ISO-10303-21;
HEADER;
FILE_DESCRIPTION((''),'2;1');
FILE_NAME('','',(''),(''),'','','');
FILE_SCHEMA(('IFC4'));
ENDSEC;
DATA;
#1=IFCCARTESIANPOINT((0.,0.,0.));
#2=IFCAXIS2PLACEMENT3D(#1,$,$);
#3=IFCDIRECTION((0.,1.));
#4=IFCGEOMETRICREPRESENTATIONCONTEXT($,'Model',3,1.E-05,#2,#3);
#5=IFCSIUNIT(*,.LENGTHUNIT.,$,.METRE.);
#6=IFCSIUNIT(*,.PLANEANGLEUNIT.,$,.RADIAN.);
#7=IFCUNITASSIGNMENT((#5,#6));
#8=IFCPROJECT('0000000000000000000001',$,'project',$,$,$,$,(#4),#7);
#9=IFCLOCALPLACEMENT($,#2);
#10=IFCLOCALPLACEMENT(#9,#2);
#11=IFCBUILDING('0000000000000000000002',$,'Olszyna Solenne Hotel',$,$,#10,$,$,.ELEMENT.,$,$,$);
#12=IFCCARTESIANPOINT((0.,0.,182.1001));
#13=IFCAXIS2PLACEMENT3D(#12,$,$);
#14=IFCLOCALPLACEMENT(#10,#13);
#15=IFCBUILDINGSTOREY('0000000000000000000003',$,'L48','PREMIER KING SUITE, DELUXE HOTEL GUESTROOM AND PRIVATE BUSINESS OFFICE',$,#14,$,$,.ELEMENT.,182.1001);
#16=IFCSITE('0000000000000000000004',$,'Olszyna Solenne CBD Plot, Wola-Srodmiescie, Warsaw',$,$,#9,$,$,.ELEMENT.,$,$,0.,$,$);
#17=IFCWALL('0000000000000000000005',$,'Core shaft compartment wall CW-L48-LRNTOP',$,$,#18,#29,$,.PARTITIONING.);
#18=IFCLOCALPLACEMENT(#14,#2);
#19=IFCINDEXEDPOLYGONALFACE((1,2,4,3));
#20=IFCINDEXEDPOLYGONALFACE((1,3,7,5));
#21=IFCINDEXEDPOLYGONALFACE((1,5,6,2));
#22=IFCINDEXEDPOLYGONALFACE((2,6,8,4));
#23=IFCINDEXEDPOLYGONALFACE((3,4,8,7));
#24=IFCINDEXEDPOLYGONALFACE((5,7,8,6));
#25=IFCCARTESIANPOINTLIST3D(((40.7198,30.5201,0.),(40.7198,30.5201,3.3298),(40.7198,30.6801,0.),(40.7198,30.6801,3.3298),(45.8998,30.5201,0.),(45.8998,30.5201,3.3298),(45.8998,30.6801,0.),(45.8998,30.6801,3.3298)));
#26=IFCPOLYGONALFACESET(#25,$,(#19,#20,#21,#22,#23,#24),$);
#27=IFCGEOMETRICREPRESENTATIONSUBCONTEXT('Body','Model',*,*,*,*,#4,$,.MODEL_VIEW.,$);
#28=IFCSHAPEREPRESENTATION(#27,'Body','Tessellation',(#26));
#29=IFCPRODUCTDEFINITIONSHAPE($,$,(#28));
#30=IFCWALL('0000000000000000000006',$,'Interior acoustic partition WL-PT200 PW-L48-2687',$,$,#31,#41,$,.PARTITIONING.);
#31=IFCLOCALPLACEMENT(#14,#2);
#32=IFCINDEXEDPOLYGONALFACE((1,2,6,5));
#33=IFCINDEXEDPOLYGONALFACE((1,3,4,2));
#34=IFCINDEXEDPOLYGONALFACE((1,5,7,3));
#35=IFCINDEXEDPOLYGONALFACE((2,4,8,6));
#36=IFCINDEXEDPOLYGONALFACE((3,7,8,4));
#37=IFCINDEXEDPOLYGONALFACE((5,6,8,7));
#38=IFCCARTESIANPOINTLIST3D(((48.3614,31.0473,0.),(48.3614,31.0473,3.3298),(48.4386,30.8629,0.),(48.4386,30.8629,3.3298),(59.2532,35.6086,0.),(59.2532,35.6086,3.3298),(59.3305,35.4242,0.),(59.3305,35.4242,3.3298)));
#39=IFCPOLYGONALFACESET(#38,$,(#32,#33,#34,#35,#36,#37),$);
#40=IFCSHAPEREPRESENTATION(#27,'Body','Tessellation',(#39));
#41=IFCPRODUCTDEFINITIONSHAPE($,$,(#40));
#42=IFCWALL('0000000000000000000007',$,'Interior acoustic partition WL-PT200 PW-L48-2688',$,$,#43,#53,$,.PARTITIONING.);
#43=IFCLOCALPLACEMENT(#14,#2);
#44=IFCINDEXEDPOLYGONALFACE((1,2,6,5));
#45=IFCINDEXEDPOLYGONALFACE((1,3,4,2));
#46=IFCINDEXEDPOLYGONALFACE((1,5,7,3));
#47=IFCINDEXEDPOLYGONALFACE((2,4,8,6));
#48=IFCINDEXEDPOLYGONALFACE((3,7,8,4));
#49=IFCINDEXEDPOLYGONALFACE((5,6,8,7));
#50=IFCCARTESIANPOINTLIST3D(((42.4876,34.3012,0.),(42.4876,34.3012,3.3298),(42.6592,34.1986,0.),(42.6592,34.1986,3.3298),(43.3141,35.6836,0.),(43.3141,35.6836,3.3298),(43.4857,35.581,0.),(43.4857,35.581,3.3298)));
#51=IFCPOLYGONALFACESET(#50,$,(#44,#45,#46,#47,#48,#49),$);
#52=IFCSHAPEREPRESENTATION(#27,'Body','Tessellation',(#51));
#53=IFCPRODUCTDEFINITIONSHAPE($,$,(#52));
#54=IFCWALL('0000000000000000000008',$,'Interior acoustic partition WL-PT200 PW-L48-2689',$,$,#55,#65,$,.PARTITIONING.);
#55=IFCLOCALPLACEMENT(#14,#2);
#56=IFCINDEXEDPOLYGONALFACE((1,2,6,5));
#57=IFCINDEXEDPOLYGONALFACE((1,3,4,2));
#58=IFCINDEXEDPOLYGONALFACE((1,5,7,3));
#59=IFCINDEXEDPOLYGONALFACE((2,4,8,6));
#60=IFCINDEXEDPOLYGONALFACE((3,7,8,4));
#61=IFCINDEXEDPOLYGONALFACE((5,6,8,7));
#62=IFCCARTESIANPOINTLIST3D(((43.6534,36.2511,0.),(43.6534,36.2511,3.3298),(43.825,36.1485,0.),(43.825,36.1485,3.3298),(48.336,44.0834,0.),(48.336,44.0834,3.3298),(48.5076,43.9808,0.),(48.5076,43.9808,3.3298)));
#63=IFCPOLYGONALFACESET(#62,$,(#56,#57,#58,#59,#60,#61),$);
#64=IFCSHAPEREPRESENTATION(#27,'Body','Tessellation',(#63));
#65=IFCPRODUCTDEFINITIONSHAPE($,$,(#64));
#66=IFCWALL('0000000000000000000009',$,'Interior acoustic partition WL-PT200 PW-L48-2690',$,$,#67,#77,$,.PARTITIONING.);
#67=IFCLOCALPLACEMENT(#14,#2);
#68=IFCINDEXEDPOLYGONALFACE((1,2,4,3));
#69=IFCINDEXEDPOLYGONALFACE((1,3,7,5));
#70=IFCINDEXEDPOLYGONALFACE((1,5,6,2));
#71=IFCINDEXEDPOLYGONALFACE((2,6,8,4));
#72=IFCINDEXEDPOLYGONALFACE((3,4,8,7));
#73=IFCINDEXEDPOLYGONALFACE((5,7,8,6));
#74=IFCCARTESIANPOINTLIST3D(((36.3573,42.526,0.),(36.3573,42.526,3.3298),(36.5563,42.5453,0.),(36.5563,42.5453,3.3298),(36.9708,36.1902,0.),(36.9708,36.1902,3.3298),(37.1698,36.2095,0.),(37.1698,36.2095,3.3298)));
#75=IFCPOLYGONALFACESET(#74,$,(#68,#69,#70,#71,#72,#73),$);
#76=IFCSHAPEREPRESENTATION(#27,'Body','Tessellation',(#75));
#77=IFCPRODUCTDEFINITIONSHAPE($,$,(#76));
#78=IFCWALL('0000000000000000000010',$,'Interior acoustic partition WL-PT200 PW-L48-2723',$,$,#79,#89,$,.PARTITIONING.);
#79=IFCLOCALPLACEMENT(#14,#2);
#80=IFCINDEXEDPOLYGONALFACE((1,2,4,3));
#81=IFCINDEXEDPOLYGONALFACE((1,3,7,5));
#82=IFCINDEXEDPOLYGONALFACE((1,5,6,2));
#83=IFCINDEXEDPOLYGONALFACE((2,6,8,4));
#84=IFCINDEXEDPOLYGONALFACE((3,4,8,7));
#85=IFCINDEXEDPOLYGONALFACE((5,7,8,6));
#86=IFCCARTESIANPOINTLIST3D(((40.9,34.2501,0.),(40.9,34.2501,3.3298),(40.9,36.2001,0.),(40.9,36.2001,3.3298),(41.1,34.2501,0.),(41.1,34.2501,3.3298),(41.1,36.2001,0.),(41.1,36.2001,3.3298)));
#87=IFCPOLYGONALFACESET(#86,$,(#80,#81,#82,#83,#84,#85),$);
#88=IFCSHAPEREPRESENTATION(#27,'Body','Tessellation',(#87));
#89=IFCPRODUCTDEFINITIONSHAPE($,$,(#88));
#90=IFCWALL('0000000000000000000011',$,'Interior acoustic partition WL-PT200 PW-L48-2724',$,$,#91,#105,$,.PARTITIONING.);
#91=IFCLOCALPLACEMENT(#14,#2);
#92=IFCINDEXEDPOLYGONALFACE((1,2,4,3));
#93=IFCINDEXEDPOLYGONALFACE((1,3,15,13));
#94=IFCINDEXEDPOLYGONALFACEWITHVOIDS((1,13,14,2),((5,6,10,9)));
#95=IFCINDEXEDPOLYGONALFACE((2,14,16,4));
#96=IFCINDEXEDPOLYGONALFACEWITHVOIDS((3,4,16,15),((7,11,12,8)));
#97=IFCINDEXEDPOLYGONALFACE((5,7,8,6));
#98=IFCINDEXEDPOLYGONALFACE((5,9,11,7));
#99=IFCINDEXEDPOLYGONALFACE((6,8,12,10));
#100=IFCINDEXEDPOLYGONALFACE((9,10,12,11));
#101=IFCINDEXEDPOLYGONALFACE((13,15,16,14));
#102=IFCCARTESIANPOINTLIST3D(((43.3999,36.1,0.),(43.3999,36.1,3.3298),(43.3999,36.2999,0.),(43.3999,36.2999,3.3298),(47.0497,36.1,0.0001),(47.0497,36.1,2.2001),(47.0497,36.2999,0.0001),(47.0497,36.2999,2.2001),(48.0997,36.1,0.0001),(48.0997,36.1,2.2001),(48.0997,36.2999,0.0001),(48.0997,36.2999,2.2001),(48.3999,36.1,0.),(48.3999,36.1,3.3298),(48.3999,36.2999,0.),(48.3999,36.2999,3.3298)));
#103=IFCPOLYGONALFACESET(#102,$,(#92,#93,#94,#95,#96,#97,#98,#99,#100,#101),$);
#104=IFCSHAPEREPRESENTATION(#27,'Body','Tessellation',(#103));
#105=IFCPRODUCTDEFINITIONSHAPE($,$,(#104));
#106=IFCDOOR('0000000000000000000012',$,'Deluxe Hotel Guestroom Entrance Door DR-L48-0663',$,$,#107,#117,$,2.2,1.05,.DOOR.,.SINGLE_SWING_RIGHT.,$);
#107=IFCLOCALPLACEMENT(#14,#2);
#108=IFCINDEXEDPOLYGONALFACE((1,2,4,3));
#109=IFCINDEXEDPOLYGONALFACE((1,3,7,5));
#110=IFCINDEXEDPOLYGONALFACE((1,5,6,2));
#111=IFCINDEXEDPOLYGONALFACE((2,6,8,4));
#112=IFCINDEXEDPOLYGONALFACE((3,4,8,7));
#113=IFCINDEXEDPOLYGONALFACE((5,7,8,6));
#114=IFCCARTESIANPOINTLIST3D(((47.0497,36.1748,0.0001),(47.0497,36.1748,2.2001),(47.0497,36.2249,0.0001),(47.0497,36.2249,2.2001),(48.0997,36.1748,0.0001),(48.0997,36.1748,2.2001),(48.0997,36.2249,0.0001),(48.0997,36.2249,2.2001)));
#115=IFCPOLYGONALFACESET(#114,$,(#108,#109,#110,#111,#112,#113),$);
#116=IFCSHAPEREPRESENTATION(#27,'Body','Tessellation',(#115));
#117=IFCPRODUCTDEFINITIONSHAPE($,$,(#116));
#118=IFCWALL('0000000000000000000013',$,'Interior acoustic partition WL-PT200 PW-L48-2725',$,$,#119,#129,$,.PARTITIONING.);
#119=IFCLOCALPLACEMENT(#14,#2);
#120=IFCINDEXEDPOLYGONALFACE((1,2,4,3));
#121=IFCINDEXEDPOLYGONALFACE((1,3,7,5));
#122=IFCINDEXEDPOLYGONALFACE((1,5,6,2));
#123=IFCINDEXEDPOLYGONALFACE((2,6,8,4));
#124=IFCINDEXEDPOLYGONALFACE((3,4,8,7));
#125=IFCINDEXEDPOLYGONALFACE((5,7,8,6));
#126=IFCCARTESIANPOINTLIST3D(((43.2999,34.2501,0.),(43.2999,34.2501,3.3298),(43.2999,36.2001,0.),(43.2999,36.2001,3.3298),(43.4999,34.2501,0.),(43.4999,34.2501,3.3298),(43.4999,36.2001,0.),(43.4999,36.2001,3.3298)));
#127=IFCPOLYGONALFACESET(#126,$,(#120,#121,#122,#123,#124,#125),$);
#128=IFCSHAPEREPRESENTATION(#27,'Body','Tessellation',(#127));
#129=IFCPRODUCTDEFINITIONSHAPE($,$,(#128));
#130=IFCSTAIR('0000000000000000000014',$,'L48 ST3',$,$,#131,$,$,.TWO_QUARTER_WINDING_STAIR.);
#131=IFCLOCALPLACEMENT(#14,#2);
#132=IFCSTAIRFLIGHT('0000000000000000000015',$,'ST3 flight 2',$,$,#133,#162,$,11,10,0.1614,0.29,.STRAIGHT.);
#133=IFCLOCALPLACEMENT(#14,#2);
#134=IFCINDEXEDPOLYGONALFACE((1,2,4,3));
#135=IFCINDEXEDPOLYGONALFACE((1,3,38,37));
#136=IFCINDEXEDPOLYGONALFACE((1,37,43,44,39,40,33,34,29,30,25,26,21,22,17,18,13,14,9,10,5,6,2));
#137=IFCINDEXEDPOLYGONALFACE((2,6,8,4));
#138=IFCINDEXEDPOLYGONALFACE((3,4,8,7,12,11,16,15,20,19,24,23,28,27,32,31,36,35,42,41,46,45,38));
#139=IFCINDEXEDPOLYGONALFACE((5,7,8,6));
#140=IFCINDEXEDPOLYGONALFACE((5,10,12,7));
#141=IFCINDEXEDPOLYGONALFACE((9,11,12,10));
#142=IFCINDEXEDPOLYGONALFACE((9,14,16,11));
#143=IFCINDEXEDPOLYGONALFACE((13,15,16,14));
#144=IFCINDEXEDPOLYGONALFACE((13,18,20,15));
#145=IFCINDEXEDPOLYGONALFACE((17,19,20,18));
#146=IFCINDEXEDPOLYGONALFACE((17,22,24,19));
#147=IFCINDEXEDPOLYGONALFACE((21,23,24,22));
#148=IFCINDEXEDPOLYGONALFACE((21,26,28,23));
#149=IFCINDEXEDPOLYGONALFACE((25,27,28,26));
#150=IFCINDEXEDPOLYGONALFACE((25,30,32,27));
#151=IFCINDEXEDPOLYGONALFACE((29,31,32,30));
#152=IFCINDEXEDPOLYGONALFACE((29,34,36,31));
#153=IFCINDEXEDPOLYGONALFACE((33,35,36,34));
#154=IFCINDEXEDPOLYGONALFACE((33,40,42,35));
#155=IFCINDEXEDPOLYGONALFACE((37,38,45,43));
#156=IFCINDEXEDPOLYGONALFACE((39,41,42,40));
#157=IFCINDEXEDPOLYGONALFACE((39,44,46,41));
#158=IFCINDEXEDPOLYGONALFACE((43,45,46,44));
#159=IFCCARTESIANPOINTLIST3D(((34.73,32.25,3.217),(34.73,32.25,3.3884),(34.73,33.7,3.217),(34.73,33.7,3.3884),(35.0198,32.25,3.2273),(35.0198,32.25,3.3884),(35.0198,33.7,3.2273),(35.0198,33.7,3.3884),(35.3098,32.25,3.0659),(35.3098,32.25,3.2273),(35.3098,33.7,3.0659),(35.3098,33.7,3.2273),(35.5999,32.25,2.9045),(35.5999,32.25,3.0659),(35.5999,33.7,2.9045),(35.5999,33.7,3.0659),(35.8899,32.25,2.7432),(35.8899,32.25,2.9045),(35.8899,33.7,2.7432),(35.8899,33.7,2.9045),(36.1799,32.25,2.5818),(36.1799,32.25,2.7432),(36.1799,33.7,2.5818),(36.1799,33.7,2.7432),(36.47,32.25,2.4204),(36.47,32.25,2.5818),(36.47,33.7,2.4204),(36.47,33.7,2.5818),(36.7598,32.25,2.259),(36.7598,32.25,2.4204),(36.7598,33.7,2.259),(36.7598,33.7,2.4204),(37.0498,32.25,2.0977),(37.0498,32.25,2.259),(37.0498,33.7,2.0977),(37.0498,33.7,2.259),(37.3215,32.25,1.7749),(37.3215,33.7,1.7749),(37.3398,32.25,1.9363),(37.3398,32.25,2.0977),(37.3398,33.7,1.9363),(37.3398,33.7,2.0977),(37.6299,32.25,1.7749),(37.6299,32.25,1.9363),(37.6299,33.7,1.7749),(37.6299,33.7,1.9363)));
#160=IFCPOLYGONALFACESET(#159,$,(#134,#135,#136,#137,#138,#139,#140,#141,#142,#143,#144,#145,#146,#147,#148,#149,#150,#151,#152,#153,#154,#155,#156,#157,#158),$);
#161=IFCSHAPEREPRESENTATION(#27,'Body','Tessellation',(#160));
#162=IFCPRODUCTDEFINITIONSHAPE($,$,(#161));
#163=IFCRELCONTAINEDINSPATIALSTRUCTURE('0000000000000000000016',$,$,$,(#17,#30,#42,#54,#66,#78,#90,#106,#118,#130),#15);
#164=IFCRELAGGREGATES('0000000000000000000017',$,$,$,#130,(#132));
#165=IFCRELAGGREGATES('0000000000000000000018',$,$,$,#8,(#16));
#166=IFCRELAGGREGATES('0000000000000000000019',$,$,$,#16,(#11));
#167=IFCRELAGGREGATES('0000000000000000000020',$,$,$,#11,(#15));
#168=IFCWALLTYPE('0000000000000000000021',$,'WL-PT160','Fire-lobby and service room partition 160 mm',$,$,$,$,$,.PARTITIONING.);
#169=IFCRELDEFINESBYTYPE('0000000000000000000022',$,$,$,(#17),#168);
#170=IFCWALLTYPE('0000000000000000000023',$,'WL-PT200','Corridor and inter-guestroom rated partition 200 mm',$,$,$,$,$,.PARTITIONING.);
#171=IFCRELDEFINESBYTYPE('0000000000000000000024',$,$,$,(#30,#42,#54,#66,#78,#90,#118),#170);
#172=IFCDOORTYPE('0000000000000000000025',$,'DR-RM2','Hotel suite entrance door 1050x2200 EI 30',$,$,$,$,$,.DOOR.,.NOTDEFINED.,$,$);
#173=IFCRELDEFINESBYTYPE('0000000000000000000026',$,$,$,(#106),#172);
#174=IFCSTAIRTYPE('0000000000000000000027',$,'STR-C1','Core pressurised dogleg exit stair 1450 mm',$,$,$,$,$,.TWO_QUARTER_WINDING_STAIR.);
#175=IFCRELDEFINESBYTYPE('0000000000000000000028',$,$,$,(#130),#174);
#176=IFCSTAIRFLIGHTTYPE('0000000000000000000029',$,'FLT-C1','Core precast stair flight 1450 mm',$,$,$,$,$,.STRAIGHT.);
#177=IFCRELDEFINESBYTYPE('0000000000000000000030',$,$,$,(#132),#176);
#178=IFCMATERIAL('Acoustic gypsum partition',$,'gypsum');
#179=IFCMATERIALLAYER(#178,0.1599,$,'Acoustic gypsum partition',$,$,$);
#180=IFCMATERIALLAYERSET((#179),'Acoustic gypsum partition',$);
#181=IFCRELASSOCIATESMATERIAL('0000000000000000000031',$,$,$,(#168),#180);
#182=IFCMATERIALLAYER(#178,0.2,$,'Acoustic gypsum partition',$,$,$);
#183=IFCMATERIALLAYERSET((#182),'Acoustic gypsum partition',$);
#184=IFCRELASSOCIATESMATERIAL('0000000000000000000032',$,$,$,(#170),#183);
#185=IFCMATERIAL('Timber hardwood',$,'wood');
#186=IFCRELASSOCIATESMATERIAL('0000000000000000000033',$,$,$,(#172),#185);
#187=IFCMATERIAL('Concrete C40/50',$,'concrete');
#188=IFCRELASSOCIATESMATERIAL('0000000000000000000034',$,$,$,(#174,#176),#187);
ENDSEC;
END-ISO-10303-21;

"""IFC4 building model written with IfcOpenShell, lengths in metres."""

from ifc_helpers import new_model, si_unit, direction, frame, frame_2d, origin, place, context, subcontext, project, spatial, polyline, rectangle, outline, extrude, source, transform, mapped, material, layer, layer_set, type_object, type_shapes, element, fill, aggregate, save


model = new_model("IFC4")

# Units and contexts
model_context = context("Model", 3, precision=1e-05, world=origin(), true_north=direction((0.0, 1.0)))
body_context = subcontext(model_context, "Body", "Model", "MODEL_VIEW")
ifc_project = project(units=[si_unit("LENGTHUNIT", "METRE"), si_unit("PLANEANGLEUNIT", "RADIAN")], contexts=[model_context])

# Site, building, storey
site_placement = place(None, origin())
site = spatial("IfcSite", under=ifc_project, at=site_placement, Name="Olszyna Solenne CBD Plot, Wola-Srodmiescie, Warsaw", CompositionType="ELEMENT", RefElevation=0.0)
building_placement = place(site_placement, origin())
building = spatial("IfcBuilding", under=site, at=building_placement, Name="Olszyna Solenne Hotel", CompositionType="ELEMENT")
storey_placement = place(building_placement, frame((0.0, 0.0, 182.1001)))
storey = spatial("IfcBuildingStorey", under=building, at=storey_placement, Name="L48", Description="PREMIER KING SUITE, DELUXE HOTEL GUESTROOM AND PRIVATE BUSINESS OFFICE", CompositionType="ELEMENT", Elevation=182.1001)

# Shared definitions
ifc_material_1 = material(Name="Timber hardwood", Category="wood")

# Shared definitions
ifc_material_2 = material(Name="Acoustic gypsum partition", Category="gypsum")

# Walls
ifc_layer_1 = layer(ifc_material_2, 0.1599, Name="Acoustic gypsum partition")
ifc_layer_set_1 = layer_set([ifc_layer_1], Name="Acoustic gypsum partition")
wall_type_1 = type_object("IfcWallType", Name="WL-PT160", Description="Fire-lobby and service room partition 160 mm", PredefinedType="PARTITIONING", material=ifc_layer_set_1)
wall_1_placement = place(storey_placement, frame((40.72, 30.6001, 0.0), z_axis=(0.0, 0.0, 1.0), x_axis=(1.0, 0.0, 0.0)))
element("IfcWall", 1, at=wall_1_placement, inside=storey, type_object=wall_type_1, Name="Core shaft compartment wall CW-L48-LRNTOP", PredefinedType="PARTITIONING", context=body_context, shape_type="SweptSolid", body=[
    extrude(rectangle(XDim=5.1799, YDim=0.1599, at=frame_2d((2.5898, 0.0))), origin(), (0.0, 0.0, 1.0), 3.3298),
])
ifc_layer_2 = layer(ifc_material_2, 0.2, Name="Acoustic gypsum partition")
ifc_layer_set_2 = layer_set([ifc_layer_2], Name="Acoustic gypsum partition")
wall_type_2 = type_object("IfcWallType", Name="WL-PT200", Description="Corridor and inter-guestroom rated partition 200 mm", PredefinedType="PARTITIONING", material=ifc_layer_set_2)
wall_2_placement = place(storey_placement, frame((48.3999, 30.9551, 0.0), z_axis=(0.0, 0.0, 1.0), x_axis=(0.922384, 0.386275, 0.0)))
element("IfcWall", 2, at=wall_2_placement, inside=storey, type_object=wall_type_2, Name="Interior acoustic partition WL-PT200 PW-L48-2687", PredefinedType="PARTITIONING", context=body_context, shape_type="SweptSolid", body=[
    extrude(rectangle(XDim=11.8083, YDim=0.2, at=frame_2d((5.9043, 0.0))), origin(), (0.0, 0.0, 1.0), 3.3298),
])
wall_3_placement = place(storey_placement, frame((42.5735, 34.25, 0.0), z_axis=(0.0, 0.0, 1.0), x_axis=(0.513135, 0.858308, 0.0)))
element("IfcWall", 3, at=wall_3_placement, inside=storey, type_object=wall_type_2, Name="Interior acoustic partition WL-PT200 PW-L48-2688", PredefinedType="PARTITIONING", context=body_context, shape_type="SweptSolid", body=[
    extrude(rectangle(XDim=1.6106, YDim=0.2, at=frame_2d((0.8052, 0.0))), origin(), (0.0, 0.0, 1.0), 3.3298),
])
wall_4_placement = place(storey_placement, frame((43.7393, 36.2, 0.0), z_axis=(0.0, 0.0, 1.0), x_axis=(0.513146, 0.858302, 0.0)))
element("IfcWall", 4, at=wall_4_placement, inside=storey, type_object=wall_type_2, Name="Interior acoustic partition WL-PT200 PW-L48-2689", PredefinedType="PARTITIONING", context=body_context, shape_type="SweptSolid", body=[
    extrude(rectangle(XDim=9.1252, YDim=0.2, at=frame_2d((4.5625, 0.0))), origin(), (0.0, 0.0, 1.0), 3.3298),
])
wall_5_placement = place(storey_placement, frame((37.0703, 36.2, 0.0), z_axis=(0.0, 0.0, 1.0), x_axis=(-0.096382, 0.995344, 0.0)))
element("IfcWall", 5, at=wall_5_placement, inside=storey, type_object=wall_type_2, Name="Interior acoustic partition WL-PT200 PW-L48-2690", PredefinedType="PARTITIONING", context=body_context, shape_type="SweptSolid", body=[
    extrude(rectangle(XDim=6.3655, YDim=0.2, at=frame_2d((3.1826, 0.0))), origin(), (0.0, 0.0, 1.0), 3.3298),
])
wall_6_placement = place(storey_placement, frame((41.0, 34.25, 0.0), z_axis=(0.0, 0.0, 1.0), x_axis=(0.0, 1.0, 0.0)))
element("IfcWall", 6, at=wall_6_placement, inside=storey, type_object=wall_type_2, Name="Interior acoustic partition WL-PT200 PW-L48-2723", PredefinedType="PARTITIONING", context=body_context, shape_type="SweptSolid", body=[
    extrude(rectangle(XDim=1.95, YDim=0.2, at=frame_2d((0.9751, 0.0))), origin(), (0.0, 0.0, 1.0), 3.3298),
])

# Wall, opening, door
wall_7_placement = place(storey_placement, frame((43.3999, 36.2, 0.0), z_axis=(0.0, 0.0, 1.0), x_axis=(1.0, 0.0, 0.0)))
wall_7 = element("IfcWall", 7, at=wall_7_placement, inside=storey, type_object=wall_type_2, Name="Interior acoustic partition WL-PT200 PW-L48-2724", PredefinedType="PARTITIONING", context=body_context, shape_type="SweptSolid", body=[
    extrude(rectangle(XDim=5.0, YDim=0.2, at=frame_2d((2.5, 0.0))), origin(), (0.0, 0.0, 1.0), 3.3298),
])
opening_1_placement = place(wall_7_placement, frame((3.6499, 0.0, 0.0)))
opening_1 = element("IfcOpeningElement", 8, at=opening_1_placement, cuts=wall_7, PredefinedType="OPENING", context=body_context, shape_type="SweptSolid", body=[
    extrude(rectangle(XDim=1.05, YDim=2.2, at=frame_2d((0.5249, 1.1001))), frame((0.0, 0.1099, 0.0), z_axis=(0.0, -1.0, 0.0), x_axis=(1.0, 0.0, 0.0)), (0.0, 0.0, 1.0), 0.22),
])
door_type_1 = type_object("IfcDoorType", Name="DR-RM2", Description="Hotel suite entrance door 1050x2200 EI 30", OperationType="NOTDEFINED", PredefinedType="DOOR", material=ifc_material_1)
shared_shape_1 = source(origin(), body_context, "Body", "SweptSolid", [
    extrude(rectangle(XDim=1.05, YDim=2.2, at=frame_2d((0.5249, 1.1001))), frame((0.0, 0.0249, 0.0), z_axis=(0.0, -1.0, 0.0), x_axis=(1.0, 0.0, 0.0)), (0.0, 0.0, 1.0), 0.05),
])
type_shapes(door_type_1, [shared_shape_1])
door_1_placement = place(opening_1_placement, origin())
door_1 = element("IfcDoor", 9, at=door_1_placement, inside=storey, type_object=door_type_1, Name="Deluxe Hotel Guestroom Entrance Door DR-L48-0663", OperationType="SINGLE_SWING_RIGHT", OverallHeight=2.2, OverallWidth=1.05, PredefinedType="DOOR", context=body_context, shape_type="MappedRepresentation", body=[
    mapped(shared_shape_1, transform((0.0, 0.0, 0.0), x_axis=(1.0, 0.0, 0.0), y_axis=(0.0, 1.0, 0.0), z_axis=(0.0, 0.0, 1.0), scale=1.0)),
])
fill(opening_1, door_1)

# Wall
wall_8_placement = place(storey_placement, frame((43.3999, 34.25, 0.0), z_axis=(0.0, 0.0, 1.0), x_axis=(0.0, 1.0, 0.0)))
element("IfcWall", 10, at=wall_8_placement, inside=storey, type_object=wall_type_2, Name="Interior acoustic partition WL-PT200 PW-L48-2725", PredefinedType="PARTITIONING", context=body_context, shape_type="SweptSolid", body=[
    extrude(rectangle(XDim=1.95, YDim=0.2, at=frame_2d((0.9751, 0.0))), origin(), (0.0, 0.0, 1.0), 3.3298),
])

# Stair, stair flight
ifc_material_3 = material(Name="Concrete C40/50", Category="concrete")
stair_type = type_object("IfcStairType", Name="STR-C1", Description="Core pressurised dogleg exit stair 1450 mm", PredefinedType="TWO_QUARTER_WINDING_STAIR", material=ifc_material_3)
stair_placement = place(storey_placement, origin())
stair = element("IfcStair", 11, at=stair_placement, inside=storey, type_object=stair_type, Name="L48 ST3", PredefinedType="TWO_QUARTER_WINDING_STAIR")
stair_flight_type = type_object("IfcStairFlightType", Name="FLT-C1", Description="Core precast stair flight 1450 mm", PredefinedType="STRAIGHT", material=ifc_material_3)
stair_flight_placement = place(storey_placement, frame((37.6299, 32.9751, 1.7749), z_axis=(0.0, 0.0, 1.0), x_axis=(-1.0, 0.0, 0.0)))
stair_flight = element("IfcStairFlight", 12, at=stair_flight_placement, type_object=stair_flight_type, Name="ST3 flight 2", NumberOfRisers=11, NumberOfTreads=10, PredefinedType="STRAIGHT", RiserHeight=0.1614, TreadLength=0.29, context=body_context, shape_type="SweptSolid", body=[
    extrude(outline(polyline([(0.0, 0.0), (0.0, 0.1614), (0.29, 0.1614), (0.29, 0.3228), (0.5801, 0.3228), (0.5801, 0.4841), (0.8701, 0.4841), (0.8701, 0.6455), (1.1599, 0.6455), (1.1599, 0.8069), (1.45, 0.8069), (1.45, 0.9683), (1.74, 0.9683), (1.74, 1.1296), (2.03, 1.1296), (2.03, 1.291), (2.3201, 1.291), (2.3201, 1.4524), (2.6101, 1.4524), (2.6101, 1.6135), (2.8999, 1.6135), (2.8999, 1.7749), (2.8999, 1.4421), (0.3083, 0.0), (0.0, 0.0)])), frame((0.0, 0.7251, 0.0), z_axis=(0.0, -1.0, 0.0), x_axis=(1.0, 0.0, 0.0)), (0.0, 0.0, 1.0), 1.45),
])
aggregate(stair, [stair_flight])

save(model, "model.ifc")
